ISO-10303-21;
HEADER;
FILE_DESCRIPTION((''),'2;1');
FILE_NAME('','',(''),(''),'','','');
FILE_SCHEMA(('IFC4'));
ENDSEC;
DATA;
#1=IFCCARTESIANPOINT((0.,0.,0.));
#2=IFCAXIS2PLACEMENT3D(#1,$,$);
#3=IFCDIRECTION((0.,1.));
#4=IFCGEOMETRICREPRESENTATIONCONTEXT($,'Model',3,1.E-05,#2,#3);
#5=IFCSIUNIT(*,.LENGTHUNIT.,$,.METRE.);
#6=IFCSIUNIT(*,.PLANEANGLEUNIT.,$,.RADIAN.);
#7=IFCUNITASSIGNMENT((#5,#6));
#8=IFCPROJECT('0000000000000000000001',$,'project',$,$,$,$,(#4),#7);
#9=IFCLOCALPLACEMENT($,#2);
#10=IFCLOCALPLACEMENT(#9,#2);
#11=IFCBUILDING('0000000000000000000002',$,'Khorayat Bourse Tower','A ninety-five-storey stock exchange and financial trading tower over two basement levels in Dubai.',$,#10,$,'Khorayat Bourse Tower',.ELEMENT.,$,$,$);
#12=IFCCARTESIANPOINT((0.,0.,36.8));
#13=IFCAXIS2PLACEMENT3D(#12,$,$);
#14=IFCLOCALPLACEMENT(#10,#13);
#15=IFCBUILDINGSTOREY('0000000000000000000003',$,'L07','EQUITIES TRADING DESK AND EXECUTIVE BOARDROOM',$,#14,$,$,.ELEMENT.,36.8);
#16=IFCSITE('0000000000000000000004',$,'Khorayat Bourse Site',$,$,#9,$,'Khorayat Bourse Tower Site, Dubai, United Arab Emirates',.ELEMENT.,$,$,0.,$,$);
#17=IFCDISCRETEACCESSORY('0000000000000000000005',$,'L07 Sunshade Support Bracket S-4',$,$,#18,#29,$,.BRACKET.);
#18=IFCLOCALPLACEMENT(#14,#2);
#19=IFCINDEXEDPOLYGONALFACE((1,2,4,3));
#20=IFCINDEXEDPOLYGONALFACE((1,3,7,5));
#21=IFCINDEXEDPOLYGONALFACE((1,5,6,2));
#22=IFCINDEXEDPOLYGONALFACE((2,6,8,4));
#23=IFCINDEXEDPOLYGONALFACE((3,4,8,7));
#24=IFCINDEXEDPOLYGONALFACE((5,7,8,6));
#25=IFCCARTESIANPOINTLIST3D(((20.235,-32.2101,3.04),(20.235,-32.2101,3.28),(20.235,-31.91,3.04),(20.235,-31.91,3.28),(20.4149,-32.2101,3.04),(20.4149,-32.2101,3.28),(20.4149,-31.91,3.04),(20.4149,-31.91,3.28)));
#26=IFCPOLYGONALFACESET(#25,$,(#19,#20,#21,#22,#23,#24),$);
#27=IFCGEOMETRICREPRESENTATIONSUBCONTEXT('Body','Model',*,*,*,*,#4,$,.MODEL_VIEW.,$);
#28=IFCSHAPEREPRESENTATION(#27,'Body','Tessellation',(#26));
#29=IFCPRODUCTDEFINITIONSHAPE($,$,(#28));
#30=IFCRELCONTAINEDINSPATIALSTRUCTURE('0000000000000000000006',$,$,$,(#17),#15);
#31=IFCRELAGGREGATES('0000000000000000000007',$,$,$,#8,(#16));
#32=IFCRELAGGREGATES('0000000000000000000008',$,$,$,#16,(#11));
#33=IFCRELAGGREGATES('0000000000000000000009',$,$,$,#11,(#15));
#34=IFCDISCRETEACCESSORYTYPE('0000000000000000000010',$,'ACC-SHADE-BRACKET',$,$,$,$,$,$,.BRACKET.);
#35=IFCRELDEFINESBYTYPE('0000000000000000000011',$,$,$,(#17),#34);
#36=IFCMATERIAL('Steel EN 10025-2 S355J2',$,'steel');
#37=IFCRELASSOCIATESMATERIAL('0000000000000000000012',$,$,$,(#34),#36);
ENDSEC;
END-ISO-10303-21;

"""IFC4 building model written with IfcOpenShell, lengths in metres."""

from ifc_helpers import new_model, si_unit, direction, frame, origin, origin_2d, place, context, subcontext, project, spatial, rectangle, extrude, source, transform, mapped, material, type_object, element, save


model = new_model("IFC4")

# Units and contexts
model_context = context("Model", 3, precision=1e-05, world=origin(), true_north=direction((0.0, 1.0)))
body_context = subcontext(model_context, "Body", "Model", "MODEL_VIEW")
ifc_project = project(units=[si_unit("LENGTHUNIT", "METRE"), si_unit("PLANEANGLEUNIT", "RADIAN")], contexts=[model_context])

# Site, building, storey
site_placement = place(None, origin())
site = spatial("IfcSite", under=ifc_project, at=site_placement, Name="Khorayat Bourse Site", LongName="Khorayat Bourse Tower Site, Dubai, United Arab Emirates", CompositionType="ELEMENT", RefElevation=0.0)
building_placement = place(site_placement, origin())
building = spatial("IfcBuilding", under=site, at=building_placement, Name="Khorayat Bourse Tower", Description="A ninety-five-storey stock exchange and financial trading tower over two basement levels in Dubai.", LongName="Khorayat Bourse Tower", CompositionType="ELEMENT")
storey_placement = place(building_placement, frame((0.0, 0.0, 36.8)))
storey = spatial("IfcBuildingStorey", under=building, at=storey_placement, Name="L07", Description="EQUITIES TRADING DESK AND EXECUTIVE BOARDROOM", CompositionType="ELEMENT", Elevation=36.8)

# Discrete accessory
ifc_material_1 = material(Name="Steel EN 10025-2 S355J2", Category="steel")
discrete_accessory_type = type_object("IfcDiscreteAccessoryType", Name="ACC-SHADE-BRACKET", PredefinedType="BRACKET", material=ifc_material_1)
shared_shape_1 = source(origin(), body_context, "Body", "SweptSolid", [
    extrude(rectangle(XDim=0.1799, YDim=0.3, at=origin_2d()), origin(), (0.0, 0.0, 1.0), 0.24),
])
discrete_accessory_placement = place(storey_placement, frame((20.325, -32.0601, 3.04), z_axis=(0.0, 0.0, 1.0), x_axis=(1.0, 0.0, 0.0)))
element("IfcDiscreteAccessory", 1, at=discrete_accessory_placement, inside=storey, type_object=discrete_accessory_type, Name="L07 Sunshade Support Bracket S-4", PredefinedType="BRACKET", context=body_context, shape_type="MappedRepresentation", body=[
    mapped(shared_shape_1, transform((0.0, 0.0, 0.0), scale=1.0)),
])

save(model, "model.ifc")
